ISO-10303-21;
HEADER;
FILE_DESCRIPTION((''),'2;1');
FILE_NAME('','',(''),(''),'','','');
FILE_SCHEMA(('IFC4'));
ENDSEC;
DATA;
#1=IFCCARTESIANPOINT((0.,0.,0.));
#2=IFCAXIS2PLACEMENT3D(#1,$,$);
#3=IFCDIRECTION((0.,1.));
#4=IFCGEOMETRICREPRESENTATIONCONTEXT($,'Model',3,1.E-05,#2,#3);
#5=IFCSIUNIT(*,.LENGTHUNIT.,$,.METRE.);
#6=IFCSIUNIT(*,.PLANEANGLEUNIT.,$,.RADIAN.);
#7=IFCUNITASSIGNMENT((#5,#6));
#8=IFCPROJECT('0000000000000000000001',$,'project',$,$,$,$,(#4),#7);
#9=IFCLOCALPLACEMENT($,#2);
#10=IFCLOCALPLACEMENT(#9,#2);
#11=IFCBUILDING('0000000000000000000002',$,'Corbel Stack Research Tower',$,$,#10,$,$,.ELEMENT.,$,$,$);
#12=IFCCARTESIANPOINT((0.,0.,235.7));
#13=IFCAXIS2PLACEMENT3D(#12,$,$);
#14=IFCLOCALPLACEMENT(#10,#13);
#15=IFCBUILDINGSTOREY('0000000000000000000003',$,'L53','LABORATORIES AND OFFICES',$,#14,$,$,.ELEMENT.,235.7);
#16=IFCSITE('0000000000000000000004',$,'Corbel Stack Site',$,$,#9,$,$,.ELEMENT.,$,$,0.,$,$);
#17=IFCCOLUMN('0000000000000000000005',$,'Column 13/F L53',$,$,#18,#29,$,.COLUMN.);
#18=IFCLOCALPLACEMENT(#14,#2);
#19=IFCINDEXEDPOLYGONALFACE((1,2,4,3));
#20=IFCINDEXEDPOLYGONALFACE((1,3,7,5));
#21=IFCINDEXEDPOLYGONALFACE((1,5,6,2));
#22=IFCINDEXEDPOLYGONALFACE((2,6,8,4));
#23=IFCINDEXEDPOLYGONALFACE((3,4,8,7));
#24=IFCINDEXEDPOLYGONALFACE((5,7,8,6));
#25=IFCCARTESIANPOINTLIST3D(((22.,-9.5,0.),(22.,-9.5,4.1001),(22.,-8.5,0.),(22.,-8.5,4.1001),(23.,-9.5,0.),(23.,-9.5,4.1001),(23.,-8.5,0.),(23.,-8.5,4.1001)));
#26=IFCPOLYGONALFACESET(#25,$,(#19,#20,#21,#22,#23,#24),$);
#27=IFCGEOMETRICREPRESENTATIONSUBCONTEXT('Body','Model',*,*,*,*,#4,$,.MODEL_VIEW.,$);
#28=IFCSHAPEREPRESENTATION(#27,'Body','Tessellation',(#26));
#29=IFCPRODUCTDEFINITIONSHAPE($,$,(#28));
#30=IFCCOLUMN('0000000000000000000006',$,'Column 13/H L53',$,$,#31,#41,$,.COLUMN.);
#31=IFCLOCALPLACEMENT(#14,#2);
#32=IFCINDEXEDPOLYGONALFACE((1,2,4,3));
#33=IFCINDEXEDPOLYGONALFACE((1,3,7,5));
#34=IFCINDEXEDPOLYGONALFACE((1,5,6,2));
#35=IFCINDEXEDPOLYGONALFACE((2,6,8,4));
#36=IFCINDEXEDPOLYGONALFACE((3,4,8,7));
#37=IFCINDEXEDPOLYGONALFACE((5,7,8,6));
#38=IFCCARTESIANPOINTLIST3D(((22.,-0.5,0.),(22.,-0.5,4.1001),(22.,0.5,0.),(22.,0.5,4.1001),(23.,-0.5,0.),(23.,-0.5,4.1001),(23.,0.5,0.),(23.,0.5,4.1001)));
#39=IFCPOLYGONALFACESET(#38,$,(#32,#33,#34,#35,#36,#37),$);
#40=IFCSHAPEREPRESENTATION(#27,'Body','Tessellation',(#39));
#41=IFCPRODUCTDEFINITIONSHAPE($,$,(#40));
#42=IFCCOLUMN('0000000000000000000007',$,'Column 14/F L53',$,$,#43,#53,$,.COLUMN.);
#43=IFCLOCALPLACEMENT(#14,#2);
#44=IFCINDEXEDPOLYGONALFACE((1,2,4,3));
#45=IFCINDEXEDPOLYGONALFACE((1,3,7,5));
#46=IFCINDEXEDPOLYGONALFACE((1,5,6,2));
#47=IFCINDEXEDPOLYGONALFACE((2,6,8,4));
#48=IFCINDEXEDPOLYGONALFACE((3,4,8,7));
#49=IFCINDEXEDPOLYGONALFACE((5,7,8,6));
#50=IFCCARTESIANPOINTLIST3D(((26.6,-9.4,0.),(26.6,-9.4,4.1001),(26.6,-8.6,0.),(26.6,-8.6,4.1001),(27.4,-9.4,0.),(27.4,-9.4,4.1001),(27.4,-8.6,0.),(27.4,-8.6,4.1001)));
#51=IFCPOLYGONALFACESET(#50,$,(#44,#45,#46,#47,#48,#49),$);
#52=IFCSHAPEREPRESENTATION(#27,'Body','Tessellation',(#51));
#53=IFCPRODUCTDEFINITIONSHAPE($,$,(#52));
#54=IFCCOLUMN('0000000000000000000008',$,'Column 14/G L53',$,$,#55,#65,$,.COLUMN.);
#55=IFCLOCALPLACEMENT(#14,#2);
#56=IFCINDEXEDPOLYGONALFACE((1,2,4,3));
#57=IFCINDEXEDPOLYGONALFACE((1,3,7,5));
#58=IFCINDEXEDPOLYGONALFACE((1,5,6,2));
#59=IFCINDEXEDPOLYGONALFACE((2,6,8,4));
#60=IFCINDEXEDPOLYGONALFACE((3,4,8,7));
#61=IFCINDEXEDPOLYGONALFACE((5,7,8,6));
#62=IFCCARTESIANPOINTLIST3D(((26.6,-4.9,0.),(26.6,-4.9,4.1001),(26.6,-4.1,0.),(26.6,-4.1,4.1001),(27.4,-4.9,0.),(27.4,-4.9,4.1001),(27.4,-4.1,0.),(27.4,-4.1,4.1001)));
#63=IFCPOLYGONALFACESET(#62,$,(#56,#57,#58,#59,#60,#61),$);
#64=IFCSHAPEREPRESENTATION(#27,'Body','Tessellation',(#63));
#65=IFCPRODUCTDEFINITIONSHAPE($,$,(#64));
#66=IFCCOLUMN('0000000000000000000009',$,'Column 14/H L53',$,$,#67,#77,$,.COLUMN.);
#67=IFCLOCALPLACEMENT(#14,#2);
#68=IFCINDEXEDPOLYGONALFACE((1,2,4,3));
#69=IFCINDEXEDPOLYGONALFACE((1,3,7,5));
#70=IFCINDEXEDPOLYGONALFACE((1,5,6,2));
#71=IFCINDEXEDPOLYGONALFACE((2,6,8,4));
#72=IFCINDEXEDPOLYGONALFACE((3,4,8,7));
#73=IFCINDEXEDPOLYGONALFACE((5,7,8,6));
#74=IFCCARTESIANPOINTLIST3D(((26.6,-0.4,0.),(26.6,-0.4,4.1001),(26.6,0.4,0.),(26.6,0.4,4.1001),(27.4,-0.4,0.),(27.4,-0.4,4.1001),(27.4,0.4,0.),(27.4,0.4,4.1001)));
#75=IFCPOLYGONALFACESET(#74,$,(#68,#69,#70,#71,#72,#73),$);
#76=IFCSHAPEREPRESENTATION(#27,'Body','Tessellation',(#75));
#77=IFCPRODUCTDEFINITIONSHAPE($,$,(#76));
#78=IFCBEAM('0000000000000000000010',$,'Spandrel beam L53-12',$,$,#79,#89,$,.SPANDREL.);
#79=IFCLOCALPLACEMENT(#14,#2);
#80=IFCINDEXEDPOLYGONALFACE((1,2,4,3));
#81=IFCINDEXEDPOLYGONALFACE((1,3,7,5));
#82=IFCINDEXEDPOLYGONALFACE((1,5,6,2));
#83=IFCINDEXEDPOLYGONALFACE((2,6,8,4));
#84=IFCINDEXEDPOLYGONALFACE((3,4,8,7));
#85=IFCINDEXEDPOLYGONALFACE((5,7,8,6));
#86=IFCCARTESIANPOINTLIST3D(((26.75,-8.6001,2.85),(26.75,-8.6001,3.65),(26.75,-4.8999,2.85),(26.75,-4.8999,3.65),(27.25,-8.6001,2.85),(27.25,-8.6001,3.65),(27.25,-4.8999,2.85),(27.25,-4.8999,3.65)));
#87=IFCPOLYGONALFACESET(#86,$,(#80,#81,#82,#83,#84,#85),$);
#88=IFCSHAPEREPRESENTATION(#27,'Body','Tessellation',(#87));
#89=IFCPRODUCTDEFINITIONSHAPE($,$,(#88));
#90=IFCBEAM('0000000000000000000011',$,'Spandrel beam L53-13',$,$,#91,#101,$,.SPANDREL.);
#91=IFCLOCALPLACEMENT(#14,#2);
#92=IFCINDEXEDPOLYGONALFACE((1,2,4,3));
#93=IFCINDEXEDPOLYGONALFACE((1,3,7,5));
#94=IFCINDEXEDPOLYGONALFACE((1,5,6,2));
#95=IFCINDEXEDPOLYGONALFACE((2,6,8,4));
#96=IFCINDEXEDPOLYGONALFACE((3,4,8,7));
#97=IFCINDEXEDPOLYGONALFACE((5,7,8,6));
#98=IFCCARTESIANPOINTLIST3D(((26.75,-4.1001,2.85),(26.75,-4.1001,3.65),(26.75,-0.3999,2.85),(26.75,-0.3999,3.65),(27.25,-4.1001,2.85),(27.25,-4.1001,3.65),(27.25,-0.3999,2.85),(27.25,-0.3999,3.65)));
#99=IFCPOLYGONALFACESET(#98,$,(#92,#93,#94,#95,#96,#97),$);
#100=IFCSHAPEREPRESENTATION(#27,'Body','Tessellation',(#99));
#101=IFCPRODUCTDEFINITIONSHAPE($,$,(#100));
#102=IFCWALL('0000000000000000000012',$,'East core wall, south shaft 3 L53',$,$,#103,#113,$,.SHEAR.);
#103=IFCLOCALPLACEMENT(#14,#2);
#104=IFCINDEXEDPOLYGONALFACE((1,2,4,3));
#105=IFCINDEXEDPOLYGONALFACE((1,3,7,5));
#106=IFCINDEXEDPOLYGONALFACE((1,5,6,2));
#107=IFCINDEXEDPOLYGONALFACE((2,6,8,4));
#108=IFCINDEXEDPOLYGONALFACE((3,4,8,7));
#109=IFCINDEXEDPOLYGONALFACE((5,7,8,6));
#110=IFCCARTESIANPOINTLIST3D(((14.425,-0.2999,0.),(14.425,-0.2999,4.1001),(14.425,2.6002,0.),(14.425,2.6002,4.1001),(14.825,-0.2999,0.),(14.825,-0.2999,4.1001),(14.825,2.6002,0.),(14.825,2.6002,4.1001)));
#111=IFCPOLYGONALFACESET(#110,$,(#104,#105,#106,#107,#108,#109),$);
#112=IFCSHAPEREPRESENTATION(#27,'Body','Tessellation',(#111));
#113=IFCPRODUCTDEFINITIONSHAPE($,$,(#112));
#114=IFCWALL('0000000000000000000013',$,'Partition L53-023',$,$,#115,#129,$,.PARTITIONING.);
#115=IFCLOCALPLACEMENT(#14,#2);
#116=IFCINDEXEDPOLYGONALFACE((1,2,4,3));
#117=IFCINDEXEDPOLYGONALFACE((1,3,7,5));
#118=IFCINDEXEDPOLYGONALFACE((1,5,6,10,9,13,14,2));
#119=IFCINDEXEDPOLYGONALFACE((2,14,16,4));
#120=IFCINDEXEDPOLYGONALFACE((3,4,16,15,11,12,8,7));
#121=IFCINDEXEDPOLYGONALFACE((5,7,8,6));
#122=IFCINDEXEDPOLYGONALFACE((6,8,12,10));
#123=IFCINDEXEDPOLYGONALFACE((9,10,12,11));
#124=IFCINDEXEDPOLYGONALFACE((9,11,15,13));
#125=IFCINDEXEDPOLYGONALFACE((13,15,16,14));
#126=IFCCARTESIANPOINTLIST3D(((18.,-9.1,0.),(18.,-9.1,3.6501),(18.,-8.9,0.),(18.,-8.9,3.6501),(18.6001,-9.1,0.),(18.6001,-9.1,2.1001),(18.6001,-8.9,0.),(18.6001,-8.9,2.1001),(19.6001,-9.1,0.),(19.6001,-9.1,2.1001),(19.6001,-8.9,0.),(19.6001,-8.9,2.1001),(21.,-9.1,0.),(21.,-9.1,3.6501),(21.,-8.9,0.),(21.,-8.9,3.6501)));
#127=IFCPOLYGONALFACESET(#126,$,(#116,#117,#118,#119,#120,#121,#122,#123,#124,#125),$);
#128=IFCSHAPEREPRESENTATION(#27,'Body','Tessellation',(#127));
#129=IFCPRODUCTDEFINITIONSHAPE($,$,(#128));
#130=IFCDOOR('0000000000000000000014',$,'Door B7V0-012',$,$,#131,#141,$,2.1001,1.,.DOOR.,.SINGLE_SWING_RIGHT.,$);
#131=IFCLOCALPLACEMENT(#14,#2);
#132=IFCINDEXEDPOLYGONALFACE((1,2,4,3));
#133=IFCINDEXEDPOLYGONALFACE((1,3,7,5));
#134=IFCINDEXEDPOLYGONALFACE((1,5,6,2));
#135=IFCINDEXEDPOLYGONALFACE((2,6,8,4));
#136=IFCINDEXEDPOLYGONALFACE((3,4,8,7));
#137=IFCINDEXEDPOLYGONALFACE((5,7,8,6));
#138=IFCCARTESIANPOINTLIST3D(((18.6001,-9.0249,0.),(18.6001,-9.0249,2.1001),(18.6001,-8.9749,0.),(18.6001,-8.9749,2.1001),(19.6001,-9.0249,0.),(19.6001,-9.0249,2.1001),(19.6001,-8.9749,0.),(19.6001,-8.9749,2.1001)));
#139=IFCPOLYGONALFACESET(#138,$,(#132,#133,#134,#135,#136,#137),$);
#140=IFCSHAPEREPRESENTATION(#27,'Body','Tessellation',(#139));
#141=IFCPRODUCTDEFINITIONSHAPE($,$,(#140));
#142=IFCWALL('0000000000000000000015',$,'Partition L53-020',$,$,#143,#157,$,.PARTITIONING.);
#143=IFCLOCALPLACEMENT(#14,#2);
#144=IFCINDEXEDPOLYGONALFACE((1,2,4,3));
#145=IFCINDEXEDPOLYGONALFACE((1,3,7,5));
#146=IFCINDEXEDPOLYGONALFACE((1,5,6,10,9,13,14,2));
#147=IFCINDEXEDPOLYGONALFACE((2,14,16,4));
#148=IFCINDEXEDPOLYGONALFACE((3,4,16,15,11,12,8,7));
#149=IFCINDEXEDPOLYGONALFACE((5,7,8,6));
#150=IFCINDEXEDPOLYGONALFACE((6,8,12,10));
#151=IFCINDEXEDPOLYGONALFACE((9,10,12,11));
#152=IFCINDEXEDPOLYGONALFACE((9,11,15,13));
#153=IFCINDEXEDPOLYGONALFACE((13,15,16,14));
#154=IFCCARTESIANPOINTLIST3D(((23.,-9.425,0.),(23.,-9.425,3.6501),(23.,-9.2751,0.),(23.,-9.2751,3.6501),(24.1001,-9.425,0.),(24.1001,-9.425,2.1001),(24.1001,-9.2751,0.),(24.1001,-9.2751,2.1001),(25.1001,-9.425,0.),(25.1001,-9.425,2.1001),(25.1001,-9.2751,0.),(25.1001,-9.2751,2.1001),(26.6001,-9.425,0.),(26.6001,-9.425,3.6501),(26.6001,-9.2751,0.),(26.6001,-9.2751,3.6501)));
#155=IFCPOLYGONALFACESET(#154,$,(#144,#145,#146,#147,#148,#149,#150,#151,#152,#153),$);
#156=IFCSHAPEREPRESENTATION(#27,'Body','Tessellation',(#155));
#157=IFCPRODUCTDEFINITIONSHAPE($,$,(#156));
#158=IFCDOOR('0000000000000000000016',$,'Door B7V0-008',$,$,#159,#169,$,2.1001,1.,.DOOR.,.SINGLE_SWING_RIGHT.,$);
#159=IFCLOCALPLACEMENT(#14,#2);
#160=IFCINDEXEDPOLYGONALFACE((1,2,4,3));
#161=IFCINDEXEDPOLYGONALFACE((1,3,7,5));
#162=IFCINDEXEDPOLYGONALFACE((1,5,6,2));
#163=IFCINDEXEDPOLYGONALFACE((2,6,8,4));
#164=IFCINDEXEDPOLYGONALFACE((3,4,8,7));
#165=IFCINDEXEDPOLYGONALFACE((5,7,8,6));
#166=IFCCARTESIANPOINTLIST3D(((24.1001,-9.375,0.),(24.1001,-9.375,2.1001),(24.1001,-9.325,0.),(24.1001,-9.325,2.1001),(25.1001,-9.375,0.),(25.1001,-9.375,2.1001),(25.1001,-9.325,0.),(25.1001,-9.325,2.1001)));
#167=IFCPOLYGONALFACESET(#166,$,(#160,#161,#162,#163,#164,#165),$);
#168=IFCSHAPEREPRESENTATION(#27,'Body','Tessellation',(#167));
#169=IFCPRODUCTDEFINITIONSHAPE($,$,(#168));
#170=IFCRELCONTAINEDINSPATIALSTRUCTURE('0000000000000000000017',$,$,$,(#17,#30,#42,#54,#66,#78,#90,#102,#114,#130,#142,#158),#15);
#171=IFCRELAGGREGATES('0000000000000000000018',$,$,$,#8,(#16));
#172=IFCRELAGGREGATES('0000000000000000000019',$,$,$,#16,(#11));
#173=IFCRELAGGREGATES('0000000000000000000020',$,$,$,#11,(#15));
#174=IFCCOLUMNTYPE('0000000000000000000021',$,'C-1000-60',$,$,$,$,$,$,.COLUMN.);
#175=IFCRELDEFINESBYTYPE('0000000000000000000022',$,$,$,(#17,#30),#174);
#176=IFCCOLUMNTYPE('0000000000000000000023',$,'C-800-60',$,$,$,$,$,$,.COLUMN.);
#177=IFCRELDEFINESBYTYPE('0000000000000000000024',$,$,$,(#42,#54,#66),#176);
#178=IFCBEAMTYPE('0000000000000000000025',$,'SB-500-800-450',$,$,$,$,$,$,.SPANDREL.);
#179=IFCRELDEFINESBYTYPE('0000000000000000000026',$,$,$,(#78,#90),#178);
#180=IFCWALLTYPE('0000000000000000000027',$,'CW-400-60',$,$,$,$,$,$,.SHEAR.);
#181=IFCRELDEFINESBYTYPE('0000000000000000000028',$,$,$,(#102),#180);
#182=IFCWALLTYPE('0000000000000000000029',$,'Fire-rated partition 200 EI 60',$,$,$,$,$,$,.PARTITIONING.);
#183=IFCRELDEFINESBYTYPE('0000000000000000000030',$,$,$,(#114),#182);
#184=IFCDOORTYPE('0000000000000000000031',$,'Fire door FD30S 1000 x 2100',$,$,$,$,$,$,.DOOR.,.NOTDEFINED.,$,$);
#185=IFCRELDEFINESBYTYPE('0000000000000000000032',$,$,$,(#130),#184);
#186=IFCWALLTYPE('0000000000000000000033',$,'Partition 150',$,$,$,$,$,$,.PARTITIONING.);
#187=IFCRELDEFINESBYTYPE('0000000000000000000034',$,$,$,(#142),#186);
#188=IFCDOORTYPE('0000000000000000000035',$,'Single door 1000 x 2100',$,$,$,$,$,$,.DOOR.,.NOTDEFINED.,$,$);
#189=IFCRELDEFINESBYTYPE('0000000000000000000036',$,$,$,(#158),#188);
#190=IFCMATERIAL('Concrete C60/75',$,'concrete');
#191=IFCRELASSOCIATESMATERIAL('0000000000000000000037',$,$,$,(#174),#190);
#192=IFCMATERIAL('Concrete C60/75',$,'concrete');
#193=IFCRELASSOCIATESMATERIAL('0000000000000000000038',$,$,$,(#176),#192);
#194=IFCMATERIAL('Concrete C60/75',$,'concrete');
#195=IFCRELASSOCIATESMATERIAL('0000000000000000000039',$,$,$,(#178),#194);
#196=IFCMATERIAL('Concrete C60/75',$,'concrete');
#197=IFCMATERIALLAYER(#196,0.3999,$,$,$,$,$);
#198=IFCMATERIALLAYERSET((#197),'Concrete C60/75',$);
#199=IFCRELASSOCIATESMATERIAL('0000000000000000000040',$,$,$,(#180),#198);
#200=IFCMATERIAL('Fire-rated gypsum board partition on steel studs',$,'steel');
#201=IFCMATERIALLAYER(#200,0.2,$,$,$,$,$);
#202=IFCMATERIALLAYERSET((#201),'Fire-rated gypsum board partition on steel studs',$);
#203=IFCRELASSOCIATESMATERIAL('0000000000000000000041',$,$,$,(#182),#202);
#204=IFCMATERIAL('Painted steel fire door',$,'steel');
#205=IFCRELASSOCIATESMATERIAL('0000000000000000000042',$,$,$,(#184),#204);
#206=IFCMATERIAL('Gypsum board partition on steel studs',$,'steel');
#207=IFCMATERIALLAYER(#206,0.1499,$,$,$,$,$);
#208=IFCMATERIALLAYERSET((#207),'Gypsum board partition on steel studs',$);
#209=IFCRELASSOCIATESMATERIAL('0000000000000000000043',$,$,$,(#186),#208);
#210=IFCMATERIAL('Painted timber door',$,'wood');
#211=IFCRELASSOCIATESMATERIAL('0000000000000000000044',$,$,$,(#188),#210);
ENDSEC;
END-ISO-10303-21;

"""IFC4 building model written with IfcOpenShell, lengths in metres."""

from ifc_helpers import new_model, si_unit, direction, frame, frame_2d, origin, origin_2d, place, context, subcontext, project, spatial, rectangle, extrude, material, layer, layer_set, material_profile, profile_set, type_object, element, fill, save


model = new_model("IFC4")

# Units and contexts
model_context = context("Model", 3, precision=1e-05, world=origin(), true_north=direction((0.0, 1.0)))
body_context = subcontext(model_context, "Body", "Model", "MODEL_VIEW")
ifc_project = project(units=[si_unit("LENGTHUNIT", "METRE"), si_unit("PLANEANGLEUNIT", "RADIAN")], contexts=[model_context])

# Site, building, storey
site_placement = place(None, origin())
site = spatial("IfcSite", under=ifc_project, at=site_placement, Name="Corbel Stack Site", CompositionType="ELEMENT", RefElevation=0.0)
building_placement = place(site_placement, origin())
building = spatial("IfcBuilding", under=site, at=building_placement, Name="Corbel Stack Research Tower", CompositionType="ELEMENT")
storey_placement = place(building_placement, frame((0.0, 0.0, 235.7)))
storey = spatial("IfcBuildingStorey", under=building, at=storey_placement, Name="L53", Description="LABORATORIES AND OFFICES", CompositionType="ELEMENT", Elevation=235.7)

# Columns
ifc_material_1 = material(Name="Concrete C60/75", Category="concrete")
ifc_material_profile_1 = material_profile(ifc_material_1, rectangle(XDim=1.0, YDim=1.0, at=origin_2d()), Name="RC 1000 x 1000")
ifc_profile_set_1 = profile_set([ifc_material_profile_1], Name="Concrete C60/75")
column_type_1 = type_object("IfcColumnType", Name="C-1000-60", PredefinedType="COLUMN", material=ifc_profile_set_1)
for number, where, z_axis, x_axis, name in (
    (1, (22.5, -9.0, 0.0), (0.0, 0.0, 1.0), (1.0, 0.0, 0.0), "Column 13/F L53"),
    (2, (22.5, 0.0, 0.0), (0.0, 0.0, 1.0), (1.0, 0.0, 0.0), "Column 13/H L53"),
):
    element("IfcColumn", number, at=place(storey_placement, frame(where, z_axis=z_axis, x_axis=x_axis)), inside=storey, type_object=column_type_1, Name=name, PredefinedType="COLUMN", context=body_context, shape_type="SweptSolid", body=[
        extrude(rectangle(XDim=1.0, YDim=1.0, at=origin_2d()), origin(), (0.0, 0.0, 1.0), 4.1001),
    ])
ifc_material_2 = material(Name="Concrete C60/75", Category="concrete")
ifc_material_profile_2 = material_profile(ifc_material_2, rectangle(XDim=0.8, YDim=0.8, at=origin_2d()), Name="RC 800 x 800")
ifc_profile_set_2 = profile_set([ifc_material_profile_2], Name="Concrete C60/75")
column_type_2 = type_object("IfcColumnType", Name="C-800-60", PredefinedType="COLUMN", material=ifc_profile_set_2)
for number, where, z_axis, x_axis, name in (
    (3, (27.0, -9.0, 0.0), (0.0, 0.0, 1.0), (1.0, 0.0, 0.0), "Column 14/F L53"),
    (4, (27.0, -4.5, 0.0), (0.0, 0.0, 1.0), (1.0, 0.0, 0.0), "Column 14/G L53"),
    (5, (27.0, 0.0, 0.0), (0.0, 0.0, 1.0), (1.0, 0.0, 0.0), "Column 14/H L53"),
):
    element("IfcColumn", number, at=place(storey_placement, frame(where, z_axis=z_axis, x_axis=x_axis)), inside=storey, type_object=column_type_2, Name=name, PredefinedType="COLUMN", context=body_context, shape_type="SweptSolid", body=[
        extrude(rectangle(XDim=0.8, YDim=0.8, at=origin_2d()), origin(), (0.0, 0.0, 1.0), 4.1001),
    ])

# Beams
ifc_material_3 = material(Name="Concrete C60/75", Category="concrete")
ifc_material_profile_3 = material_profile(ifc_material_3, rectangle(XDim=0.5, YDim=0.8, at=origin_2d()), Name="RC 500 x 800")
ifc_profile_set_3 = profile_set([ifc_material_profile_3], Name="Concrete C60/75")
beam_type = type_object("IfcBeamType", Name="SB-500-800-450", PredefinedType="SPANDREL", material=ifc_profile_set_3)
for number, where, z_axis, x_axis, name in (
    (6, (27.0, -8.6001, 3.25), (0.0, 1.0, 0.0), (-1.0, 0.0, 0.0), "Spandrel beam L53-12"),
    (7, (27.0, -4.1001, 3.25), (0.0, 1.0, 0.0), (-1.0, 0.0, 0.0), "Spandrel beam L53-13"),
):
    element("IfcBeam", number, at=place(storey_placement, frame(where, z_axis=z_axis, x_axis=x_axis)), inside=storey, type_object=beam_type, Name=name, PredefinedType="SPANDREL", context=body_context, shape_type="SweptSolid", body=[
        extrude(rectangle(XDim=0.5, YDim=0.8, at=origin_2d()), origin(), (0.0, 0.0, 1.0), 3.7002),
    ])

# Wall
ifc_material_4 = material(Name="Concrete C60/75", Category="concrete")
ifc_layer_1 = layer(ifc_material_4, 0.3999)
ifc_layer_set_1 = layer_set([ifc_layer_1], Name="Concrete C60/75")
wall_type_1 = type_object("IfcWallType", Name="CW-400-60", PredefinedType="SHEAR", material=ifc_layer_set_1)
wall_1_placement = place(storey_placement, frame((14.625, -0.3, 0.0), z_axis=(0.0, 0.0, 1.0), x_axis=(0.0, 1.0, 0.0)))
element("IfcWall", 8, at=wall_1_placement, inside=storey, type_object=wall_type_1, Name="East core wall, south shaft 3 L53", PredefinedType="SHEAR", context=body_context, shape_type="SweptSolid", body=[
    extrude(rectangle(XDim=2.9001, YDim=0.3999, at=frame_2d((1.4502, 0.0))), origin(), (0.0, 0.0, 1.0), 4.1001),
])

# Walls, openings, doors
ifc_material_5 = material(Name="Fire-rated gypsum board partition on steel studs", Category="steel")
ifc_layer_2 = layer(ifc_material_5, 0.2)
ifc_layer_set_2 = layer_set([ifc_layer_2], Name="Fire-rated gypsum board partition on steel studs")
wall_type_2 = type_object("IfcWallType", Name="Fire-rated partition 200 EI 60", PredefinedType="PARTITIONING", material=ifc_layer_set_2)
wall_2_placement = place(storey_placement, frame((21.0, -9.0, 0.0), z_axis=(0.0, 0.0, 1.0), x_axis=(-1.0, 0.0, 0.0)))
wall_2 = element("IfcWall", 9, at=wall_2_placement, inside=storey, type_object=wall_type_2, Name="Partition L53-023", PredefinedType="PARTITIONING", context=body_context, shape_type="SweptSolid", body=[
    extrude(rectangle(XDim=3.0, YDim=0.2, at=frame_2d((1.5, 0.0))), origin(), (0.0, 0.0, 1.0), 3.6501),
])
opening_1_placement = place(wall_2_placement, frame((1.3999, 0.0, 0.0)))
opening_1 = element("IfcOpeningElement", 10, at=opening_1_placement, cuts=wall_2, PredefinedType="OPENING", context=body_context, shape_type="SweptSolid", body=[
    extrude(rectangle(XDim=1.0, YDim=2.1001, at=frame_2d((0.5, 1.05))), frame((0.0, 0.1099, 0.0), z_axis=(0.0, -1.0, 0.0), x_axis=(1.0, 0.0, 0.0)), (0.0, 0.0, 1.0), 0.22),
])
ifc_material_6 = material(Name="Painted steel fire door", Category="steel")
door_type_1 = type_object("IfcDoorType", Name="Fire door FD30S 1000 x 2100", OperationType="NOTDEFINED", PredefinedType="DOOR", material=ifc_material_6)
door_1_placement = place(opening_1_placement, origin())
door_1 = element("IfcDoor", 11, at=door_1_placement, inside=storey, type_object=door_type_1, Name="Door B7V0-012", OperationType="SINGLE_SWING_RIGHT", OverallHeight=2.1001, OverallWidth=1.0, PredefinedType="DOOR", context=body_context, shape_type="SweptSolid", body=[
    extrude(rectangle(XDim=1.0, YDim=2.1001, at=frame_2d((0.5, 1.05))), frame((0.0, 0.0249, 0.0), z_axis=(0.0, -1.0, 0.0), x_axis=(1.0, 0.0, 0.0)), (0.0, 0.0, 1.0), 0.05),
])
fill(opening_1, door_1)
ifc_material_7 = material(Name="Gypsum board partition on steel studs", Category="steel")
ifc_layer_3 = layer(ifc_material_7, 0.1499)
ifc_layer_set_3 = layer_set([ifc_layer_3], Name="Gypsum board partition on steel studs")
wall_type_3 = type_object("IfcWallType", Name="Partition 150", PredefinedType="PARTITIONING", material=ifc_layer_set_3)
wall_3_placement = place(storey_placement, frame((26.6001, -9.3501, 0.0), z_axis=(0.0, 0.0, 1.0), x_axis=(-1.0, 0.0, 0.0)))
wall_3 = element("IfcWall", 12, at=wall_3_placement, inside=storey, type_object=wall_type_3, Name="Partition L53-020", PredefinedType="PARTITIONING", context=body_context, shape_type="SweptSolid", body=[
    extrude(rectangle(XDim=3.6001, YDim=0.1499, at=frame_2d((1.8, 0.0))), origin(), (0.0, 0.0, 1.0), 3.6501),
])
opening_2_placement = place(wall_3_placement, frame((1.5, 0.0, 0.0)))
opening_2 = element("IfcOpeningElement", 13, at=opening_2_placement, cuts=wall_3, PredefinedType="OPENING", context=body_context, shape_type="SweptSolid", body=[
    extrude(rectangle(XDim=1.0, YDim=2.1001, at=frame_2d((0.5, 1.05))), frame((0.0, 0.085, 0.0), z_axis=(0.0, -1.0, 0.0), x_axis=(1.0, 0.0, 0.0)), (0.0, 0.0, 1.0), 0.1699),
])
ifc_material_8 = material(Name="Painted timber door", Category="wood")
door_type_2 = type_object("IfcDoorType", Name="Single door 1000 x 2100", OperationType="NOTDEFINED", PredefinedType="DOOR", material=ifc_material_8)
door_2_placement = place(opening_2_placement, origin())
door_2 = element("IfcDoor", 14, at=door_2_placement, inside=storey, type_object=door_type_2, Name="Door B7V0-008", OperationType="SINGLE_SWING_RIGHT", OverallHeight=2.1001, OverallWidth=1.0, PredefinedType="DOOR", context=body_context, shape_type="SweptSolid", body=[
    extrude(rectangle(XDim=1.0, YDim=2.1001, at=frame_2d((0.5, 1.05))), frame((0.0, 0.0249, 0.0), z_axis=(0.0, -1.0, 0.0), x_axis=(1.0, 0.0, 0.0)), (0.0, 0.0, 1.0), 0.05),
])
fill(opening_2, door_2)

save(model, "model.ifc")
